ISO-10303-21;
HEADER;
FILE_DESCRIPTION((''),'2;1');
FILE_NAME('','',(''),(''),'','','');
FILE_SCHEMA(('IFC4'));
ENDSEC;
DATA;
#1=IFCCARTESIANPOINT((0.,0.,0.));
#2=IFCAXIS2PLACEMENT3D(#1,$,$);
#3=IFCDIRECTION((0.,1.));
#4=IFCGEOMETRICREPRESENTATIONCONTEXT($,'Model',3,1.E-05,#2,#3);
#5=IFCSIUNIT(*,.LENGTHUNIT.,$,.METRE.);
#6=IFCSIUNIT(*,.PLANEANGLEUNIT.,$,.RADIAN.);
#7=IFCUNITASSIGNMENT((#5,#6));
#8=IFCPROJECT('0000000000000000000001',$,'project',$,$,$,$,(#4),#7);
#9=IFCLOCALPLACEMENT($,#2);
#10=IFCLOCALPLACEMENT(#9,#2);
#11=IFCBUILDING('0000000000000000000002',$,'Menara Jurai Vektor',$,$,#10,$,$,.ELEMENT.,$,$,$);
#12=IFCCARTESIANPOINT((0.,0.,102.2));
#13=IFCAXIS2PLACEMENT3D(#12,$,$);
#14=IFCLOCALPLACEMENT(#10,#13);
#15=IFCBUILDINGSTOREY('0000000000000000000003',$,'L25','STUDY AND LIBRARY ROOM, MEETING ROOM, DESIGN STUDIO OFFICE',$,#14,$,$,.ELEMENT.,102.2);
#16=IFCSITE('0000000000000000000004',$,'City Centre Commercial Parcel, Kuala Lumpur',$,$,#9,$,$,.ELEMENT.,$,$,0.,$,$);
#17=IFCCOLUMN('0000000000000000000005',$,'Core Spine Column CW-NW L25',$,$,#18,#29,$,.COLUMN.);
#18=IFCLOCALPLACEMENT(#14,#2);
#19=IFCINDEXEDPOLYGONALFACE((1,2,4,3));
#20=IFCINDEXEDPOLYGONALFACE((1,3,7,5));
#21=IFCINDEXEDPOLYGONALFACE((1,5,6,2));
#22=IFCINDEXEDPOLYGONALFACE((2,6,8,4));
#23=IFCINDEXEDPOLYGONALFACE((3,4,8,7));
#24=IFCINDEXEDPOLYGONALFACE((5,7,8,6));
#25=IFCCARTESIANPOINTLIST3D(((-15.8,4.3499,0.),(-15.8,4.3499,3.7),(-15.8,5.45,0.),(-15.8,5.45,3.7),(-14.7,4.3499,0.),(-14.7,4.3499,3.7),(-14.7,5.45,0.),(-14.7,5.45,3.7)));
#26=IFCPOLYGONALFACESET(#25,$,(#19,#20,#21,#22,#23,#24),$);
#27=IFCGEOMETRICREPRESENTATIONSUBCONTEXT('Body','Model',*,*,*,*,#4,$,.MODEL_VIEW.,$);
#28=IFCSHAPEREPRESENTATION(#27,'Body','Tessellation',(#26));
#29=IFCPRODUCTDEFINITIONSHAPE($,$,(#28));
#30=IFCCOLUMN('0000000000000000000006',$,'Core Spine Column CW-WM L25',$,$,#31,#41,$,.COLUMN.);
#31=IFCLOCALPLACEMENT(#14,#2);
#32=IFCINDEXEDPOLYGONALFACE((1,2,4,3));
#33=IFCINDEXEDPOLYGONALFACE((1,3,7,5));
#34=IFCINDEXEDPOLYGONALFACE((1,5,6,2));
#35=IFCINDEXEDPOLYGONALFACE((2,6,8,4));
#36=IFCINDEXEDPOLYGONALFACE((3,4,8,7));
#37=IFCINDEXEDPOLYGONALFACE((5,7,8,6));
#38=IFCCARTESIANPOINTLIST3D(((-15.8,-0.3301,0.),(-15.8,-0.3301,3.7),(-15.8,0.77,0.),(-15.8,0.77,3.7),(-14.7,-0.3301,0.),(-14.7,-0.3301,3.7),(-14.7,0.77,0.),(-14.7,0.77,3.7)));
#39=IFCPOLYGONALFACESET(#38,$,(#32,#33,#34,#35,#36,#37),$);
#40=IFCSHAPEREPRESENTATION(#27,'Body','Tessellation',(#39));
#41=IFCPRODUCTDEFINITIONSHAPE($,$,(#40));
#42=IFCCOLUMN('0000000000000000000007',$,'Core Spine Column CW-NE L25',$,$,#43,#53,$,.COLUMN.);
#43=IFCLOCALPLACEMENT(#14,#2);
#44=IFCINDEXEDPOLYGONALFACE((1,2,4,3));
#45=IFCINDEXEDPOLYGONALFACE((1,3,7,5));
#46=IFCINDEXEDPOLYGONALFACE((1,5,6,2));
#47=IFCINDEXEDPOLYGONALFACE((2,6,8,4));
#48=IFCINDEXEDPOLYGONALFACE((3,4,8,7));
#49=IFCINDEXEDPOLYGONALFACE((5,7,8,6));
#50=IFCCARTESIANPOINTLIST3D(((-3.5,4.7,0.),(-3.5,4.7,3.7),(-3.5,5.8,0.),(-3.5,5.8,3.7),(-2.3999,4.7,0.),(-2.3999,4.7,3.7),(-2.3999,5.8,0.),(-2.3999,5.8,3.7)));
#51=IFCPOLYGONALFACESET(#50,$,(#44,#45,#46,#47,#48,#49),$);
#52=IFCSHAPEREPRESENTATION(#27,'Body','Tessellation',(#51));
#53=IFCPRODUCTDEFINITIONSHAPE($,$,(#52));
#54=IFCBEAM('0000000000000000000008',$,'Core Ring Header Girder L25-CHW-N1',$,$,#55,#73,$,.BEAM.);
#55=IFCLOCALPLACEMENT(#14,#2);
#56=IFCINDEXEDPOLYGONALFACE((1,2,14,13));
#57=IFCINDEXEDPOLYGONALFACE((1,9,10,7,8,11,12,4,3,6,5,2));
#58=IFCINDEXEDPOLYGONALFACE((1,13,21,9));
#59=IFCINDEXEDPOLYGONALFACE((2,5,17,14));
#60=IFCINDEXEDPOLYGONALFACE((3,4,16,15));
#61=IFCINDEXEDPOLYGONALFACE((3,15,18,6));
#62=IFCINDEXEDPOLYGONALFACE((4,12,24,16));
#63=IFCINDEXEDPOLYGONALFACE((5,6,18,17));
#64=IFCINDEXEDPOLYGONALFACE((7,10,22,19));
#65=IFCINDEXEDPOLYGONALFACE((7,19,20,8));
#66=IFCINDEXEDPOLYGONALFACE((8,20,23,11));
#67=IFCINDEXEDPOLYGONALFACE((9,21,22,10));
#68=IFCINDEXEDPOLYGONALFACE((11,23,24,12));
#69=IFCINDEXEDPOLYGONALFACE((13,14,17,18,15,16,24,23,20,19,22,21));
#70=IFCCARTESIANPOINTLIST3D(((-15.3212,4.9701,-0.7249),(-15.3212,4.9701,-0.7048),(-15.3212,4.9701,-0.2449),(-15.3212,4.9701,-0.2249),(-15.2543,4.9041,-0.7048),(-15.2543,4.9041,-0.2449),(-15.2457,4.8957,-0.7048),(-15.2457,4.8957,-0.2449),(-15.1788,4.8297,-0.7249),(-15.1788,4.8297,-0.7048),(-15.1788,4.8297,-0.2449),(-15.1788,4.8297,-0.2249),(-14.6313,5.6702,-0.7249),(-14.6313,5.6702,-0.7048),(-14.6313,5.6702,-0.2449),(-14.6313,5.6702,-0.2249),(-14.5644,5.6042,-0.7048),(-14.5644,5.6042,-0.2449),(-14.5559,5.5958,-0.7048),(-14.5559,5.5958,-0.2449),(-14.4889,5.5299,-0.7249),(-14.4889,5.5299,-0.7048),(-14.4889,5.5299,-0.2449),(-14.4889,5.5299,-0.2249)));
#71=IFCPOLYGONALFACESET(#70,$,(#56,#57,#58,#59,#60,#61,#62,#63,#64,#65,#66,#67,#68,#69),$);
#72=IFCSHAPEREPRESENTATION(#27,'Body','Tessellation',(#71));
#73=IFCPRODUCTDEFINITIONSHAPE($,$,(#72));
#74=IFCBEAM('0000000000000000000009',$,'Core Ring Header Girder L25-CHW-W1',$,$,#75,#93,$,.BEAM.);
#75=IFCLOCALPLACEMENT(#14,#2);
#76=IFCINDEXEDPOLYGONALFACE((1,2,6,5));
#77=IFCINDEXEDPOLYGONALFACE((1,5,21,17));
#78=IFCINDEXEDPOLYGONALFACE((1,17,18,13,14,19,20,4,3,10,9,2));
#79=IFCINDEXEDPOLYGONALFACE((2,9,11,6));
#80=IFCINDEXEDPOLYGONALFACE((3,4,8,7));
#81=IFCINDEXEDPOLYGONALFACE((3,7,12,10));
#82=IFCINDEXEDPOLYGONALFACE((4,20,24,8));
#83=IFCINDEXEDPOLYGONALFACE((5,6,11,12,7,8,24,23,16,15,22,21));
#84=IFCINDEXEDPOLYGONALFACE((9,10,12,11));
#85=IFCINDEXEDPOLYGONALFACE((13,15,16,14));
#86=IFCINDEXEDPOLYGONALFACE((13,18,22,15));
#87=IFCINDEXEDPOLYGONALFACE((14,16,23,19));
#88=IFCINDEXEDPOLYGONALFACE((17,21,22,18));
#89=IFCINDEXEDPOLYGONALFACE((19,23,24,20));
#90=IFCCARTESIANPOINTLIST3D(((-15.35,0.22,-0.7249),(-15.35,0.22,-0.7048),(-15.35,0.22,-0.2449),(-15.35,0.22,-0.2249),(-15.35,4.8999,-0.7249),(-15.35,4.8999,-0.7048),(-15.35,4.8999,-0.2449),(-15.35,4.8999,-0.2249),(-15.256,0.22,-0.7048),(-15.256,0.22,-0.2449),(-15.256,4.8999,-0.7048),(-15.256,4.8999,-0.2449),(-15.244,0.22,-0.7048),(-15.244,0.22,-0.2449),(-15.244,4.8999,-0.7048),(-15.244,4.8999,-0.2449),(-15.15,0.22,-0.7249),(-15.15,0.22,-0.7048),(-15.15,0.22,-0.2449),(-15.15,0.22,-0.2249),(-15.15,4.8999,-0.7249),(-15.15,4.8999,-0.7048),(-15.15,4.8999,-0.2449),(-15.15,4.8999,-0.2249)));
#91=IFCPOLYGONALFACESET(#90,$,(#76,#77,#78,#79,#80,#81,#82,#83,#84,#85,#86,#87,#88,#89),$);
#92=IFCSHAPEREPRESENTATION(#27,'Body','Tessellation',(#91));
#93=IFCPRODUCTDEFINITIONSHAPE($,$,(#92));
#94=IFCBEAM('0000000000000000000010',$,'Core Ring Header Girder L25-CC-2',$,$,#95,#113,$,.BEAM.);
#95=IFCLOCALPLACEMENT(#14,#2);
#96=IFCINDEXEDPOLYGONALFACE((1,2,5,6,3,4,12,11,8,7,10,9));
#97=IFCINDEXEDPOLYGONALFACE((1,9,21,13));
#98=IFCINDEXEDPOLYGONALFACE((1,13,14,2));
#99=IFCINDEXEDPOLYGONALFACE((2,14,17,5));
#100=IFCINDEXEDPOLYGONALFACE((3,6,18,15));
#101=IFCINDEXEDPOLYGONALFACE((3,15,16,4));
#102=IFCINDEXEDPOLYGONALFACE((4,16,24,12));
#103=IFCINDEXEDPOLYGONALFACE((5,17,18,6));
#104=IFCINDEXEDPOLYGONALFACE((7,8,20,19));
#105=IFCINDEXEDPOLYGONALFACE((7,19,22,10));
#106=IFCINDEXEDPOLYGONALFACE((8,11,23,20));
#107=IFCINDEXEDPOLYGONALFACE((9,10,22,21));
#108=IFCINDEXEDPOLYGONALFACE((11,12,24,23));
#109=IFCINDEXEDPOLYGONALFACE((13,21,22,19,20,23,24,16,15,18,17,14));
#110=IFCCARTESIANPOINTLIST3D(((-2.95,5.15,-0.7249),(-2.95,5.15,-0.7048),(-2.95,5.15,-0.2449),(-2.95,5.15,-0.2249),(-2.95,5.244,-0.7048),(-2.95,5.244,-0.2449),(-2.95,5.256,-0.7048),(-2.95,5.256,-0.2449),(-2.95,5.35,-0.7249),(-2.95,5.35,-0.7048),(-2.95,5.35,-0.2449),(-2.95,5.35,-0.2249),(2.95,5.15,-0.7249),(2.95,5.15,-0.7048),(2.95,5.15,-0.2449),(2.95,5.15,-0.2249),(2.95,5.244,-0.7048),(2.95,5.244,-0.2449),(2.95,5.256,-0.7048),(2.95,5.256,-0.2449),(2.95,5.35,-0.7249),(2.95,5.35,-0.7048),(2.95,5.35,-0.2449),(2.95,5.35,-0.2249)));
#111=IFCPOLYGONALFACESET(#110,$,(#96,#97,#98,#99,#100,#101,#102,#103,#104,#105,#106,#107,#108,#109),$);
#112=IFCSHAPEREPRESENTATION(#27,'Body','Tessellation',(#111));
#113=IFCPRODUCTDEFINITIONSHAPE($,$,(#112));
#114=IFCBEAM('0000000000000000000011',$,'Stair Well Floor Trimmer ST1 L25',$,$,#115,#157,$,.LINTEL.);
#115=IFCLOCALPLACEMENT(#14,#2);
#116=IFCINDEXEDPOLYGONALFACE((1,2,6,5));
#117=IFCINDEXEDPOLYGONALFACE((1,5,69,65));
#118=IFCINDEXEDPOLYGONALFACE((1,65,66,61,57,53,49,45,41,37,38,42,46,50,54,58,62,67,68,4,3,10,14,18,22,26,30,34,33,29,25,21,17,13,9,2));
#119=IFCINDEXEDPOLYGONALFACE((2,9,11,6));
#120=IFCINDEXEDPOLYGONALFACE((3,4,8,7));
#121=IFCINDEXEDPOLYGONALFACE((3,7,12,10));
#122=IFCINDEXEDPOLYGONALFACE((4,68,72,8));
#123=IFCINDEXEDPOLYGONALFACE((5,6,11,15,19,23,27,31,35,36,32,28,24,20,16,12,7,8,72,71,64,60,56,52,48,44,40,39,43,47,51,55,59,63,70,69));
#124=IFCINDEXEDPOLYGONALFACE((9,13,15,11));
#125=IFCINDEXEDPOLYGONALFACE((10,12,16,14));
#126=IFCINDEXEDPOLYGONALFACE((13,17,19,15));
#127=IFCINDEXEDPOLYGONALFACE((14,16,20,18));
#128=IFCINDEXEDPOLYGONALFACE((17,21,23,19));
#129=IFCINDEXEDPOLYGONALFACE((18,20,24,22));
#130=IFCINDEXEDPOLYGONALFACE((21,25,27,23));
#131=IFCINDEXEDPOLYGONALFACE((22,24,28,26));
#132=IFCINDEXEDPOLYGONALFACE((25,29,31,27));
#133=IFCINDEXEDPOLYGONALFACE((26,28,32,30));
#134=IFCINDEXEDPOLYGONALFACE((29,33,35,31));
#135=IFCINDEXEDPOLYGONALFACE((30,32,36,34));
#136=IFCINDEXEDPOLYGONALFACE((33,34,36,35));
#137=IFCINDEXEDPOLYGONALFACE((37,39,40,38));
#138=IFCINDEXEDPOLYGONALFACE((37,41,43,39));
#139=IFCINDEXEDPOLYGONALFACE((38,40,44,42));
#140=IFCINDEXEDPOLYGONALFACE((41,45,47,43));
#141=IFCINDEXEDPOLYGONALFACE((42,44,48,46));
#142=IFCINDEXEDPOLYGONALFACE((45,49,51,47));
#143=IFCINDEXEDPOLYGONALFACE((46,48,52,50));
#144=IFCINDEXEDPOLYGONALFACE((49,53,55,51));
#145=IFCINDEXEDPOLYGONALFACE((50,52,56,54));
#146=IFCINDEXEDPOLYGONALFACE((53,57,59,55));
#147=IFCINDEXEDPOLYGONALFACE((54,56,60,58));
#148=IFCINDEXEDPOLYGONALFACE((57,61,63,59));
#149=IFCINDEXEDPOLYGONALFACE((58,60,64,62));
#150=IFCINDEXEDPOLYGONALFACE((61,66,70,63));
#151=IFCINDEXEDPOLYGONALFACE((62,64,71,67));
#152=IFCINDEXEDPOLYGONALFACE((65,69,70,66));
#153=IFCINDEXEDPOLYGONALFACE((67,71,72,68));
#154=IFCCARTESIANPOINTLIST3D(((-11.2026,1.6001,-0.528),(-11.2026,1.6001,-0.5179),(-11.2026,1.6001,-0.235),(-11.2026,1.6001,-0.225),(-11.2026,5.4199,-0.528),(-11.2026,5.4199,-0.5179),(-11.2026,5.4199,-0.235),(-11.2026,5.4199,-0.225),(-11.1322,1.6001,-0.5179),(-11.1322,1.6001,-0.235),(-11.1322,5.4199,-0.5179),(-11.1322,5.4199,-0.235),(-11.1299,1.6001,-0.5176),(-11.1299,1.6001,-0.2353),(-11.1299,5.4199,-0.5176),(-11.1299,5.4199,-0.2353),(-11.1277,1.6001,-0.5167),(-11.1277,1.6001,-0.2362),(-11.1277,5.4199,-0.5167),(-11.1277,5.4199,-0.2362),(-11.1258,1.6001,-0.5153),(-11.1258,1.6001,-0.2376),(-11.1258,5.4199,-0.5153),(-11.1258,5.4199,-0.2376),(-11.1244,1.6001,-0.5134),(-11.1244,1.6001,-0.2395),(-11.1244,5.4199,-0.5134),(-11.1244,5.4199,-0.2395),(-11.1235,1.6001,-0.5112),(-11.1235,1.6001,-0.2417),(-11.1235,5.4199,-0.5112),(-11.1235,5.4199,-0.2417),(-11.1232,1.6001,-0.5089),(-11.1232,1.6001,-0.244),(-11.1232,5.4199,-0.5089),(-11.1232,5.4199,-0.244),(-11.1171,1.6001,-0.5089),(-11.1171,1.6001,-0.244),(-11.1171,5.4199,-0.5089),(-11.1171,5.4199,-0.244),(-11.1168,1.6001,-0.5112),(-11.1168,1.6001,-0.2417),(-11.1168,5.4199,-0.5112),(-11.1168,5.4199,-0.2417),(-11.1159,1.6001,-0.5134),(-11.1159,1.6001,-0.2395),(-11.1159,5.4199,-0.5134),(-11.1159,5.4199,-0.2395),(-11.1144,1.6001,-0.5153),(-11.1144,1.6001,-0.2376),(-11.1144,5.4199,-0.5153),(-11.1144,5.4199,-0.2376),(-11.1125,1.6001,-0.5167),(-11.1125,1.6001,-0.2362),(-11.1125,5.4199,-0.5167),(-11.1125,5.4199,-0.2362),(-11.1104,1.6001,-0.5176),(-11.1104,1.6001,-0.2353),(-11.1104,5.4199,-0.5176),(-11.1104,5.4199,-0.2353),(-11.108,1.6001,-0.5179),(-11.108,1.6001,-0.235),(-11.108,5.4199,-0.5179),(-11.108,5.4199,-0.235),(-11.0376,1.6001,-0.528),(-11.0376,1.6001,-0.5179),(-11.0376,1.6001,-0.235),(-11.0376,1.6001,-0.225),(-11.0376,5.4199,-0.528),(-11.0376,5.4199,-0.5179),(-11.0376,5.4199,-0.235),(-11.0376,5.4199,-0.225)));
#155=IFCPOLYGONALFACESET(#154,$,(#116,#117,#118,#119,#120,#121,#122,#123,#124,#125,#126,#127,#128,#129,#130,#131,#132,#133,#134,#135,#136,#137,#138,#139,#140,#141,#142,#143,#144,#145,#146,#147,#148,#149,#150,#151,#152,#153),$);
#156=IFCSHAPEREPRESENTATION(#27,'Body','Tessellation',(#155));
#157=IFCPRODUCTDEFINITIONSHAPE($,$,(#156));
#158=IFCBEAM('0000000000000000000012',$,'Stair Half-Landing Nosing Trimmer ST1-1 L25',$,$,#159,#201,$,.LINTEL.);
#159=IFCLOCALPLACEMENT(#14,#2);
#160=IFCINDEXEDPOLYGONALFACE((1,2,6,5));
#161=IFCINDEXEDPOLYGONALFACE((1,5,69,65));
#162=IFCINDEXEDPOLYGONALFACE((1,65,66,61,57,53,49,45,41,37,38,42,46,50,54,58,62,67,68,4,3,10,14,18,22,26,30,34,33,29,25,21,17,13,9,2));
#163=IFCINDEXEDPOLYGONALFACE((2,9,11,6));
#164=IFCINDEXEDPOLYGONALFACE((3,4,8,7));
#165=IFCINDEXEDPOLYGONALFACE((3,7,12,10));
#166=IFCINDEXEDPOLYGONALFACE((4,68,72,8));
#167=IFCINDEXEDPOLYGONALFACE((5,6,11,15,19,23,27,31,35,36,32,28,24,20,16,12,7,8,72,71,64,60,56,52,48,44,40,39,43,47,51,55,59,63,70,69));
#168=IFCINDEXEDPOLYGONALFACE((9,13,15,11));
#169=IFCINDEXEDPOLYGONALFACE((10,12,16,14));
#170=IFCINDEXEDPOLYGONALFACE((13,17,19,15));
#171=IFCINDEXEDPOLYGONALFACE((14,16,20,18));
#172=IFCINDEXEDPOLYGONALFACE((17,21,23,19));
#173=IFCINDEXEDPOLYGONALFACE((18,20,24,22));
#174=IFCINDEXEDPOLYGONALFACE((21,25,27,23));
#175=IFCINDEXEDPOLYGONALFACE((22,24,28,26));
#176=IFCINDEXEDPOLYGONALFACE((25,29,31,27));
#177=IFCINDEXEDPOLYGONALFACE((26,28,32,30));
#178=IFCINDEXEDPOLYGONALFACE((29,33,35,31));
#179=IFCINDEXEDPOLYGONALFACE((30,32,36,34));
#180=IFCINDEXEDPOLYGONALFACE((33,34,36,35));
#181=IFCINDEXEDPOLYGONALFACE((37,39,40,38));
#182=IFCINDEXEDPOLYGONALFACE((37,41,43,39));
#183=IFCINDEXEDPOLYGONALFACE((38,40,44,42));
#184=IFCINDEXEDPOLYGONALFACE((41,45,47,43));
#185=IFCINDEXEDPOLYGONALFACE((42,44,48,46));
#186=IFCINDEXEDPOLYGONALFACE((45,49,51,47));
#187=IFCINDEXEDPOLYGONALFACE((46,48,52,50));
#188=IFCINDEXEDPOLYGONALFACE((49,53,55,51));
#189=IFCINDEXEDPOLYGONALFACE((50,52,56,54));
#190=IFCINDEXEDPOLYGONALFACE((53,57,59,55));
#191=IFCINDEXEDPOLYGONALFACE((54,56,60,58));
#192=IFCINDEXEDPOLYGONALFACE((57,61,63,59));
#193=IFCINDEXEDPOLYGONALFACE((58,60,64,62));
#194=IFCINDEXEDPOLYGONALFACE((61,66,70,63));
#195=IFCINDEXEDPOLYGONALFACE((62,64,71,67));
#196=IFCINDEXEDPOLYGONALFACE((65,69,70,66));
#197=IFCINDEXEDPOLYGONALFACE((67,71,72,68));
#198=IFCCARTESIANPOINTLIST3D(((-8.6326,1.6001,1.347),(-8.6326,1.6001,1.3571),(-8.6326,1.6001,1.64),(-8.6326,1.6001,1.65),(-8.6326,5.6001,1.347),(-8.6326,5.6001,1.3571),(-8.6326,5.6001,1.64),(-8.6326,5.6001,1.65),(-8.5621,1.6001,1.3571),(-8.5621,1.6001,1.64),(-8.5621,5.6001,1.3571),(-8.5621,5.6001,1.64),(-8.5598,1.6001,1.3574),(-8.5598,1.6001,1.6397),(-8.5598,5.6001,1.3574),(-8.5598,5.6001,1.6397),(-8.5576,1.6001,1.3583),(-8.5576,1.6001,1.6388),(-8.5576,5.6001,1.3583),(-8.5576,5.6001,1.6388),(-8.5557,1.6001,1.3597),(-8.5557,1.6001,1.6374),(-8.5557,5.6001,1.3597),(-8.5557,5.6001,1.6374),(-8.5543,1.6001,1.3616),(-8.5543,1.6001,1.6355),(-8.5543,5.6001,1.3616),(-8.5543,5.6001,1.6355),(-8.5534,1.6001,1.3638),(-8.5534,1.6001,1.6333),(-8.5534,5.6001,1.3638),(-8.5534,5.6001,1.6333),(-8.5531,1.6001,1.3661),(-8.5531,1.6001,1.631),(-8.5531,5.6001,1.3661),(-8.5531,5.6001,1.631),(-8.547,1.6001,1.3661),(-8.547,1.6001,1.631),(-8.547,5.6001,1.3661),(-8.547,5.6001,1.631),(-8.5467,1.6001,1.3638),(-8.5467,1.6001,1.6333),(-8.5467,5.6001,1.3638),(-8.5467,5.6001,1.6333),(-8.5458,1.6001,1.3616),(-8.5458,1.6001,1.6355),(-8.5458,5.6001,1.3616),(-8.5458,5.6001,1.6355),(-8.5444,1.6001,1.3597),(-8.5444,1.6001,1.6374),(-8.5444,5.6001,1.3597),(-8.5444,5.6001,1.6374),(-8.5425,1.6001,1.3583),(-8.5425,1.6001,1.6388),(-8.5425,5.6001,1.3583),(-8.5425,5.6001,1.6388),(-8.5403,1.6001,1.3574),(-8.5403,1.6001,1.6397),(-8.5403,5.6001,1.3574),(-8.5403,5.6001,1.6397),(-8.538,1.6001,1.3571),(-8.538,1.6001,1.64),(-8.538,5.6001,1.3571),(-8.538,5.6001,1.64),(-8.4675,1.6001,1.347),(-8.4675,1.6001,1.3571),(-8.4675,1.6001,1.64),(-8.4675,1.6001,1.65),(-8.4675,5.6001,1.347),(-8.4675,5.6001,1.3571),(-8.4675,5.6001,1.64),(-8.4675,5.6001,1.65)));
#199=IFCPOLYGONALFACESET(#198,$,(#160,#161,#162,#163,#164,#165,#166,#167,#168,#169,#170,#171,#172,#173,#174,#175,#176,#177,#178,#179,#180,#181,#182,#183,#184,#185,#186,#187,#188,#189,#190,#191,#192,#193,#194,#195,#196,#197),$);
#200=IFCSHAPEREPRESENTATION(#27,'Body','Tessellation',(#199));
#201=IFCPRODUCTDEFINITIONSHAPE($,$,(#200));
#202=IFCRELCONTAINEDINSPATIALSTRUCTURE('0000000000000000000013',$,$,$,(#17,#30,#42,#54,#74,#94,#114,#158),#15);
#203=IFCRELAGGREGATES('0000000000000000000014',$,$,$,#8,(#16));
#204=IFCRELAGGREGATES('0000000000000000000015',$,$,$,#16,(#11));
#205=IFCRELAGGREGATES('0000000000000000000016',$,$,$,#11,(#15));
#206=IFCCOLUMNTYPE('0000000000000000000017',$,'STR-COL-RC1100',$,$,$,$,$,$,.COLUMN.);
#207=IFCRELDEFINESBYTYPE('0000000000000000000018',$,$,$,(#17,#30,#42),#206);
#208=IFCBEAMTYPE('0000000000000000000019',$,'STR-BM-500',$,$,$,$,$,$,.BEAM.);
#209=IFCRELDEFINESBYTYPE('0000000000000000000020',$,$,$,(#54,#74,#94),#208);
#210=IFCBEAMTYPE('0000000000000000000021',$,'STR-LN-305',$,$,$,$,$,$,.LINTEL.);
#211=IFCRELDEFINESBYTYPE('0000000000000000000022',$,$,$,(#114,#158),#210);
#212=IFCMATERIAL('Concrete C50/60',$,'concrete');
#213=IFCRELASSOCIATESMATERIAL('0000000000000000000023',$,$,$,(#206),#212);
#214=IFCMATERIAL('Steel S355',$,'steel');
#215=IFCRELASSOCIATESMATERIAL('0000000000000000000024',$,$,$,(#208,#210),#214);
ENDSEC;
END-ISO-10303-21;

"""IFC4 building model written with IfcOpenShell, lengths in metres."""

from ifc_helpers import new_model, si_unit, direction, frame, origin, origin_2d, place, context, subcontext, project, spatial, rectangle, i_section, extrude, material, material_profile, profile_set, type_object, element, save


model = new_model("IFC4")

# Units and contexts
model_context = context("Model", 3, precision=1e-05, world=origin(), true_north=direction((0.0, 1.0)))
body_context = subcontext(model_context, "Body", "Model", "MODEL_VIEW")
ifc_project = project(units=[si_unit("LENGTHUNIT", "METRE"), si_unit("PLANEANGLEUNIT", "RADIAN")], contexts=[model_context])

# Site, building, storey
site_placement = place(None, origin())
site = spatial("IfcSite", under=ifc_project, at=site_placement, Name="City Centre Commercial Parcel, Kuala Lumpur", CompositionType="ELEMENT", RefElevation=0.0)
building_placement = place(site_placement, origin())
building = spatial("IfcBuilding", under=site, at=building_placement, Name="Menara Jurai Vektor", CompositionType="ELEMENT")
storey_placement = place(building_placement, frame((0.0, 0.0, 102.2)))
storey = spatial("IfcBuildingStorey", under=building, at=storey_placement, Name="L25", Description="STUDY AND LIBRARY ROOM, MEETING ROOM, DESIGN STUDIO OFFICE", CompositionType="ELEMENT", Elevation=102.2)

# Columns
ifc_material_1 = material(Name="Concrete C50/60", Category="concrete")
ifc_material_profile_1 = material_profile(ifc_material_1, rectangle(XDim=1.1001, YDim=1.1001, at=origin_2d()), Name="RC 1100x1100")
ifc_profile_set_1 = profile_set([ifc_material_profile_1], Name="Concrete C50/60")
column_type = type_object("IfcColumnType", Name="STR-COL-RC1100", PredefinedType="COLUMN", material=ifc_profile_set_1)
for number, where, z_axis, x_axis, name in (
    (1, (-15.25, 4.8999, 0.0), (0.0, 0.0, 1.0), (1.0, 0.0, 0.0), "Core Spine Column CW-NW L25"),
    (2, (-15.25, 0.22, 0.0), (0.0, 0.0, 1.0), (1.0, 0.0, 0.0), "Core Spine Column CW-WM L25"),
    (3, (-2.95, 5.25, 0.0), (0.0, 0.0, 1.0), (1.0, 0.0, 0.0), "Core Spine Column CW-NE L25"),
):
    element("IfcColumn", number, at=place(storey_placement, frame(where, z_axis=z_axis, x_axis=x_axis)), inside=storey, type_object=column_type, Name=name, PredefinedType="COLUMN", context=body_context, shape_type="SweptSolid", body=[
        extrude(rectangle(XDim=1.1001, YDim=1.1001, at=origin_2d()), origin(), (0.0, 0.0, 1.0), 3.7),
    ])

# Beams
ifc_material_2 = material(Name="Steel S355", Category="steel")
ifc_material_profile_2 = material_profile(ifc_material_2, i_section(OverallWidth=0.2, OverallDepth=0.5, WebThickness=0.012, FlangeThickness=0.02, at=origin_2d()), Name="PG 500x200x96")
ifc_profile_set_2 = profile_set([ifc_material_profile_2], Name="Steel S355")
beam_type_1 = type_object("IfcBeamType", Name="STR-BM-500", PredefinedType="BEAM", material=ifc_profile_set_2)
beam_1_placement = place(storey_placement, frame((-15.25, 4.8999, -0.4749), z_axis=(0.701872, 0.712303, 0.0), x_axis=(-0.712303, 0.701872, 0.0)))
element("IfcBeam", 4, at=beam_1_placement, inside=storey, type_object=beam_type_1, Name="Core Ring Header Girder L25-CHW-N1", PredefinedType="BEAM", context=body_context, shape_type="SweptSolid", body=[
    extrude(i_section(OverallWidth=0.2, OverallDepth=0.5, WebThickness=0.012, FlangeThickness=0.02, at=origin_2d()), origin(), (0.0, 0.0, 1.0), 0.9829),
])
beam_2_placement = place(storey_placement, frame((-15.25, 0.22, -0.4749), z_axis=(0.0, 1.0, 0.0), x_axis=(-1.0, 0.0, 0.0)))
element("IfcBeam", 5, at=beam_2_placement, inside=storey, type_object=beam_type_1, Name="Core Ring Header Girder L25-CHW-W1", PredefinedType="BEAM", context=body_context, shape_type="SweptSolid", body=[
    extrude(i_section(OverallWidth=0.2, OverallDepth=0.5, WebThickness=0.012, FlangeThickness=0.02, at=origin_2d()), origin(), (0.0, 0.0, 1.0), 4.6799),
])
beam_3_placement = place(storey_placement, frame((-2.95, 5.25, -0.4749), z_axis=(1.0, 0.0, 0.0), x_axis=(0.0, 1.0, 0.0)))
element("IfcBeam", 6, at=beam_3_placement, inside=storey, type_object=beam_type_1, Name="Core Ring Header Girder L25-CC-2", PredefinedType="BEAM", context=body_context, shape_type="SweptSolid", body=[
    extrude(i_section(OverallWidth=0.2, OverallDepth=0.5, WebThickness=0.012, FlangeThickness=0.02, at=origin_2d()), origin(), (0.0, 0.0, 1.0), 5.8999),
])
ifc_material_profile_3 = material_profile(ifc_material_2, i_section(OverallWidth=0.165, OverallDepth=0.303, WebThickness=0.0061, FlangeThickness=0.01, FilletRadius=0.009, at=origin_2d()), Name="UKB 305x165x40")
ifc_profile_set_3 = profile_set([ifc_material_profile_3], Name="Steel S355")
beam_type_2 = type_object("IfcBeamType", Name="STR-LN-305", PredefinedType="LINTEL", material=ifc_profile_set_3)
beam_4_placement = place(storey_placement, frame((-11.1201, 1.6001, -0.3765), z_axis=(0.0, 1.0, 0.0), x_axis=(-1.0, 0.0, 0.0)))
element("IfcBeam", 7, at=beam_4_placement, inside=storey, type_object=beam_type_2, Name="Stair Well Floor Trimmer ST1 L25", PredefinedType="LINTEL", context=body_context, shape_type="SweptSolid", body=[
    extrude(i_section(OverallWidth=0.165, OverallDepth=0.303, WebThickness=0.0061, FlangeThickness=0.01, FilletRadius=0.009, at=origin_2d()), origin(), (0.0, 0.0, 1.0), 3.8198),
])
beam_5_placement = place(storey_placement, frame((-8.55, 1.6001, 1.4985), z_axis=(0.0, 1.0, 0.0), x_axis=(-1.0, 0.0, 0.0)))
element("IfcBeam", 8, at=beam_5_placement, inside=storey, type_object=beam_type_2, Name="Stair Half-Landing Nosing Trimmer ST1-1 L25", PredefinedType="LINTEL", context=body_context, shape_type="SweptSolid", body=[
    extrude(i_section(OverallWidth=0.165, OverallDepth=0.303, WebThickness=0.0061, FlangeThickness=0.01, FilletRadius=0.009, at=origin_2d()), origin(), (0.0, 0.0, 1.0), 4.0),
])

save(model, "model.ifc")
